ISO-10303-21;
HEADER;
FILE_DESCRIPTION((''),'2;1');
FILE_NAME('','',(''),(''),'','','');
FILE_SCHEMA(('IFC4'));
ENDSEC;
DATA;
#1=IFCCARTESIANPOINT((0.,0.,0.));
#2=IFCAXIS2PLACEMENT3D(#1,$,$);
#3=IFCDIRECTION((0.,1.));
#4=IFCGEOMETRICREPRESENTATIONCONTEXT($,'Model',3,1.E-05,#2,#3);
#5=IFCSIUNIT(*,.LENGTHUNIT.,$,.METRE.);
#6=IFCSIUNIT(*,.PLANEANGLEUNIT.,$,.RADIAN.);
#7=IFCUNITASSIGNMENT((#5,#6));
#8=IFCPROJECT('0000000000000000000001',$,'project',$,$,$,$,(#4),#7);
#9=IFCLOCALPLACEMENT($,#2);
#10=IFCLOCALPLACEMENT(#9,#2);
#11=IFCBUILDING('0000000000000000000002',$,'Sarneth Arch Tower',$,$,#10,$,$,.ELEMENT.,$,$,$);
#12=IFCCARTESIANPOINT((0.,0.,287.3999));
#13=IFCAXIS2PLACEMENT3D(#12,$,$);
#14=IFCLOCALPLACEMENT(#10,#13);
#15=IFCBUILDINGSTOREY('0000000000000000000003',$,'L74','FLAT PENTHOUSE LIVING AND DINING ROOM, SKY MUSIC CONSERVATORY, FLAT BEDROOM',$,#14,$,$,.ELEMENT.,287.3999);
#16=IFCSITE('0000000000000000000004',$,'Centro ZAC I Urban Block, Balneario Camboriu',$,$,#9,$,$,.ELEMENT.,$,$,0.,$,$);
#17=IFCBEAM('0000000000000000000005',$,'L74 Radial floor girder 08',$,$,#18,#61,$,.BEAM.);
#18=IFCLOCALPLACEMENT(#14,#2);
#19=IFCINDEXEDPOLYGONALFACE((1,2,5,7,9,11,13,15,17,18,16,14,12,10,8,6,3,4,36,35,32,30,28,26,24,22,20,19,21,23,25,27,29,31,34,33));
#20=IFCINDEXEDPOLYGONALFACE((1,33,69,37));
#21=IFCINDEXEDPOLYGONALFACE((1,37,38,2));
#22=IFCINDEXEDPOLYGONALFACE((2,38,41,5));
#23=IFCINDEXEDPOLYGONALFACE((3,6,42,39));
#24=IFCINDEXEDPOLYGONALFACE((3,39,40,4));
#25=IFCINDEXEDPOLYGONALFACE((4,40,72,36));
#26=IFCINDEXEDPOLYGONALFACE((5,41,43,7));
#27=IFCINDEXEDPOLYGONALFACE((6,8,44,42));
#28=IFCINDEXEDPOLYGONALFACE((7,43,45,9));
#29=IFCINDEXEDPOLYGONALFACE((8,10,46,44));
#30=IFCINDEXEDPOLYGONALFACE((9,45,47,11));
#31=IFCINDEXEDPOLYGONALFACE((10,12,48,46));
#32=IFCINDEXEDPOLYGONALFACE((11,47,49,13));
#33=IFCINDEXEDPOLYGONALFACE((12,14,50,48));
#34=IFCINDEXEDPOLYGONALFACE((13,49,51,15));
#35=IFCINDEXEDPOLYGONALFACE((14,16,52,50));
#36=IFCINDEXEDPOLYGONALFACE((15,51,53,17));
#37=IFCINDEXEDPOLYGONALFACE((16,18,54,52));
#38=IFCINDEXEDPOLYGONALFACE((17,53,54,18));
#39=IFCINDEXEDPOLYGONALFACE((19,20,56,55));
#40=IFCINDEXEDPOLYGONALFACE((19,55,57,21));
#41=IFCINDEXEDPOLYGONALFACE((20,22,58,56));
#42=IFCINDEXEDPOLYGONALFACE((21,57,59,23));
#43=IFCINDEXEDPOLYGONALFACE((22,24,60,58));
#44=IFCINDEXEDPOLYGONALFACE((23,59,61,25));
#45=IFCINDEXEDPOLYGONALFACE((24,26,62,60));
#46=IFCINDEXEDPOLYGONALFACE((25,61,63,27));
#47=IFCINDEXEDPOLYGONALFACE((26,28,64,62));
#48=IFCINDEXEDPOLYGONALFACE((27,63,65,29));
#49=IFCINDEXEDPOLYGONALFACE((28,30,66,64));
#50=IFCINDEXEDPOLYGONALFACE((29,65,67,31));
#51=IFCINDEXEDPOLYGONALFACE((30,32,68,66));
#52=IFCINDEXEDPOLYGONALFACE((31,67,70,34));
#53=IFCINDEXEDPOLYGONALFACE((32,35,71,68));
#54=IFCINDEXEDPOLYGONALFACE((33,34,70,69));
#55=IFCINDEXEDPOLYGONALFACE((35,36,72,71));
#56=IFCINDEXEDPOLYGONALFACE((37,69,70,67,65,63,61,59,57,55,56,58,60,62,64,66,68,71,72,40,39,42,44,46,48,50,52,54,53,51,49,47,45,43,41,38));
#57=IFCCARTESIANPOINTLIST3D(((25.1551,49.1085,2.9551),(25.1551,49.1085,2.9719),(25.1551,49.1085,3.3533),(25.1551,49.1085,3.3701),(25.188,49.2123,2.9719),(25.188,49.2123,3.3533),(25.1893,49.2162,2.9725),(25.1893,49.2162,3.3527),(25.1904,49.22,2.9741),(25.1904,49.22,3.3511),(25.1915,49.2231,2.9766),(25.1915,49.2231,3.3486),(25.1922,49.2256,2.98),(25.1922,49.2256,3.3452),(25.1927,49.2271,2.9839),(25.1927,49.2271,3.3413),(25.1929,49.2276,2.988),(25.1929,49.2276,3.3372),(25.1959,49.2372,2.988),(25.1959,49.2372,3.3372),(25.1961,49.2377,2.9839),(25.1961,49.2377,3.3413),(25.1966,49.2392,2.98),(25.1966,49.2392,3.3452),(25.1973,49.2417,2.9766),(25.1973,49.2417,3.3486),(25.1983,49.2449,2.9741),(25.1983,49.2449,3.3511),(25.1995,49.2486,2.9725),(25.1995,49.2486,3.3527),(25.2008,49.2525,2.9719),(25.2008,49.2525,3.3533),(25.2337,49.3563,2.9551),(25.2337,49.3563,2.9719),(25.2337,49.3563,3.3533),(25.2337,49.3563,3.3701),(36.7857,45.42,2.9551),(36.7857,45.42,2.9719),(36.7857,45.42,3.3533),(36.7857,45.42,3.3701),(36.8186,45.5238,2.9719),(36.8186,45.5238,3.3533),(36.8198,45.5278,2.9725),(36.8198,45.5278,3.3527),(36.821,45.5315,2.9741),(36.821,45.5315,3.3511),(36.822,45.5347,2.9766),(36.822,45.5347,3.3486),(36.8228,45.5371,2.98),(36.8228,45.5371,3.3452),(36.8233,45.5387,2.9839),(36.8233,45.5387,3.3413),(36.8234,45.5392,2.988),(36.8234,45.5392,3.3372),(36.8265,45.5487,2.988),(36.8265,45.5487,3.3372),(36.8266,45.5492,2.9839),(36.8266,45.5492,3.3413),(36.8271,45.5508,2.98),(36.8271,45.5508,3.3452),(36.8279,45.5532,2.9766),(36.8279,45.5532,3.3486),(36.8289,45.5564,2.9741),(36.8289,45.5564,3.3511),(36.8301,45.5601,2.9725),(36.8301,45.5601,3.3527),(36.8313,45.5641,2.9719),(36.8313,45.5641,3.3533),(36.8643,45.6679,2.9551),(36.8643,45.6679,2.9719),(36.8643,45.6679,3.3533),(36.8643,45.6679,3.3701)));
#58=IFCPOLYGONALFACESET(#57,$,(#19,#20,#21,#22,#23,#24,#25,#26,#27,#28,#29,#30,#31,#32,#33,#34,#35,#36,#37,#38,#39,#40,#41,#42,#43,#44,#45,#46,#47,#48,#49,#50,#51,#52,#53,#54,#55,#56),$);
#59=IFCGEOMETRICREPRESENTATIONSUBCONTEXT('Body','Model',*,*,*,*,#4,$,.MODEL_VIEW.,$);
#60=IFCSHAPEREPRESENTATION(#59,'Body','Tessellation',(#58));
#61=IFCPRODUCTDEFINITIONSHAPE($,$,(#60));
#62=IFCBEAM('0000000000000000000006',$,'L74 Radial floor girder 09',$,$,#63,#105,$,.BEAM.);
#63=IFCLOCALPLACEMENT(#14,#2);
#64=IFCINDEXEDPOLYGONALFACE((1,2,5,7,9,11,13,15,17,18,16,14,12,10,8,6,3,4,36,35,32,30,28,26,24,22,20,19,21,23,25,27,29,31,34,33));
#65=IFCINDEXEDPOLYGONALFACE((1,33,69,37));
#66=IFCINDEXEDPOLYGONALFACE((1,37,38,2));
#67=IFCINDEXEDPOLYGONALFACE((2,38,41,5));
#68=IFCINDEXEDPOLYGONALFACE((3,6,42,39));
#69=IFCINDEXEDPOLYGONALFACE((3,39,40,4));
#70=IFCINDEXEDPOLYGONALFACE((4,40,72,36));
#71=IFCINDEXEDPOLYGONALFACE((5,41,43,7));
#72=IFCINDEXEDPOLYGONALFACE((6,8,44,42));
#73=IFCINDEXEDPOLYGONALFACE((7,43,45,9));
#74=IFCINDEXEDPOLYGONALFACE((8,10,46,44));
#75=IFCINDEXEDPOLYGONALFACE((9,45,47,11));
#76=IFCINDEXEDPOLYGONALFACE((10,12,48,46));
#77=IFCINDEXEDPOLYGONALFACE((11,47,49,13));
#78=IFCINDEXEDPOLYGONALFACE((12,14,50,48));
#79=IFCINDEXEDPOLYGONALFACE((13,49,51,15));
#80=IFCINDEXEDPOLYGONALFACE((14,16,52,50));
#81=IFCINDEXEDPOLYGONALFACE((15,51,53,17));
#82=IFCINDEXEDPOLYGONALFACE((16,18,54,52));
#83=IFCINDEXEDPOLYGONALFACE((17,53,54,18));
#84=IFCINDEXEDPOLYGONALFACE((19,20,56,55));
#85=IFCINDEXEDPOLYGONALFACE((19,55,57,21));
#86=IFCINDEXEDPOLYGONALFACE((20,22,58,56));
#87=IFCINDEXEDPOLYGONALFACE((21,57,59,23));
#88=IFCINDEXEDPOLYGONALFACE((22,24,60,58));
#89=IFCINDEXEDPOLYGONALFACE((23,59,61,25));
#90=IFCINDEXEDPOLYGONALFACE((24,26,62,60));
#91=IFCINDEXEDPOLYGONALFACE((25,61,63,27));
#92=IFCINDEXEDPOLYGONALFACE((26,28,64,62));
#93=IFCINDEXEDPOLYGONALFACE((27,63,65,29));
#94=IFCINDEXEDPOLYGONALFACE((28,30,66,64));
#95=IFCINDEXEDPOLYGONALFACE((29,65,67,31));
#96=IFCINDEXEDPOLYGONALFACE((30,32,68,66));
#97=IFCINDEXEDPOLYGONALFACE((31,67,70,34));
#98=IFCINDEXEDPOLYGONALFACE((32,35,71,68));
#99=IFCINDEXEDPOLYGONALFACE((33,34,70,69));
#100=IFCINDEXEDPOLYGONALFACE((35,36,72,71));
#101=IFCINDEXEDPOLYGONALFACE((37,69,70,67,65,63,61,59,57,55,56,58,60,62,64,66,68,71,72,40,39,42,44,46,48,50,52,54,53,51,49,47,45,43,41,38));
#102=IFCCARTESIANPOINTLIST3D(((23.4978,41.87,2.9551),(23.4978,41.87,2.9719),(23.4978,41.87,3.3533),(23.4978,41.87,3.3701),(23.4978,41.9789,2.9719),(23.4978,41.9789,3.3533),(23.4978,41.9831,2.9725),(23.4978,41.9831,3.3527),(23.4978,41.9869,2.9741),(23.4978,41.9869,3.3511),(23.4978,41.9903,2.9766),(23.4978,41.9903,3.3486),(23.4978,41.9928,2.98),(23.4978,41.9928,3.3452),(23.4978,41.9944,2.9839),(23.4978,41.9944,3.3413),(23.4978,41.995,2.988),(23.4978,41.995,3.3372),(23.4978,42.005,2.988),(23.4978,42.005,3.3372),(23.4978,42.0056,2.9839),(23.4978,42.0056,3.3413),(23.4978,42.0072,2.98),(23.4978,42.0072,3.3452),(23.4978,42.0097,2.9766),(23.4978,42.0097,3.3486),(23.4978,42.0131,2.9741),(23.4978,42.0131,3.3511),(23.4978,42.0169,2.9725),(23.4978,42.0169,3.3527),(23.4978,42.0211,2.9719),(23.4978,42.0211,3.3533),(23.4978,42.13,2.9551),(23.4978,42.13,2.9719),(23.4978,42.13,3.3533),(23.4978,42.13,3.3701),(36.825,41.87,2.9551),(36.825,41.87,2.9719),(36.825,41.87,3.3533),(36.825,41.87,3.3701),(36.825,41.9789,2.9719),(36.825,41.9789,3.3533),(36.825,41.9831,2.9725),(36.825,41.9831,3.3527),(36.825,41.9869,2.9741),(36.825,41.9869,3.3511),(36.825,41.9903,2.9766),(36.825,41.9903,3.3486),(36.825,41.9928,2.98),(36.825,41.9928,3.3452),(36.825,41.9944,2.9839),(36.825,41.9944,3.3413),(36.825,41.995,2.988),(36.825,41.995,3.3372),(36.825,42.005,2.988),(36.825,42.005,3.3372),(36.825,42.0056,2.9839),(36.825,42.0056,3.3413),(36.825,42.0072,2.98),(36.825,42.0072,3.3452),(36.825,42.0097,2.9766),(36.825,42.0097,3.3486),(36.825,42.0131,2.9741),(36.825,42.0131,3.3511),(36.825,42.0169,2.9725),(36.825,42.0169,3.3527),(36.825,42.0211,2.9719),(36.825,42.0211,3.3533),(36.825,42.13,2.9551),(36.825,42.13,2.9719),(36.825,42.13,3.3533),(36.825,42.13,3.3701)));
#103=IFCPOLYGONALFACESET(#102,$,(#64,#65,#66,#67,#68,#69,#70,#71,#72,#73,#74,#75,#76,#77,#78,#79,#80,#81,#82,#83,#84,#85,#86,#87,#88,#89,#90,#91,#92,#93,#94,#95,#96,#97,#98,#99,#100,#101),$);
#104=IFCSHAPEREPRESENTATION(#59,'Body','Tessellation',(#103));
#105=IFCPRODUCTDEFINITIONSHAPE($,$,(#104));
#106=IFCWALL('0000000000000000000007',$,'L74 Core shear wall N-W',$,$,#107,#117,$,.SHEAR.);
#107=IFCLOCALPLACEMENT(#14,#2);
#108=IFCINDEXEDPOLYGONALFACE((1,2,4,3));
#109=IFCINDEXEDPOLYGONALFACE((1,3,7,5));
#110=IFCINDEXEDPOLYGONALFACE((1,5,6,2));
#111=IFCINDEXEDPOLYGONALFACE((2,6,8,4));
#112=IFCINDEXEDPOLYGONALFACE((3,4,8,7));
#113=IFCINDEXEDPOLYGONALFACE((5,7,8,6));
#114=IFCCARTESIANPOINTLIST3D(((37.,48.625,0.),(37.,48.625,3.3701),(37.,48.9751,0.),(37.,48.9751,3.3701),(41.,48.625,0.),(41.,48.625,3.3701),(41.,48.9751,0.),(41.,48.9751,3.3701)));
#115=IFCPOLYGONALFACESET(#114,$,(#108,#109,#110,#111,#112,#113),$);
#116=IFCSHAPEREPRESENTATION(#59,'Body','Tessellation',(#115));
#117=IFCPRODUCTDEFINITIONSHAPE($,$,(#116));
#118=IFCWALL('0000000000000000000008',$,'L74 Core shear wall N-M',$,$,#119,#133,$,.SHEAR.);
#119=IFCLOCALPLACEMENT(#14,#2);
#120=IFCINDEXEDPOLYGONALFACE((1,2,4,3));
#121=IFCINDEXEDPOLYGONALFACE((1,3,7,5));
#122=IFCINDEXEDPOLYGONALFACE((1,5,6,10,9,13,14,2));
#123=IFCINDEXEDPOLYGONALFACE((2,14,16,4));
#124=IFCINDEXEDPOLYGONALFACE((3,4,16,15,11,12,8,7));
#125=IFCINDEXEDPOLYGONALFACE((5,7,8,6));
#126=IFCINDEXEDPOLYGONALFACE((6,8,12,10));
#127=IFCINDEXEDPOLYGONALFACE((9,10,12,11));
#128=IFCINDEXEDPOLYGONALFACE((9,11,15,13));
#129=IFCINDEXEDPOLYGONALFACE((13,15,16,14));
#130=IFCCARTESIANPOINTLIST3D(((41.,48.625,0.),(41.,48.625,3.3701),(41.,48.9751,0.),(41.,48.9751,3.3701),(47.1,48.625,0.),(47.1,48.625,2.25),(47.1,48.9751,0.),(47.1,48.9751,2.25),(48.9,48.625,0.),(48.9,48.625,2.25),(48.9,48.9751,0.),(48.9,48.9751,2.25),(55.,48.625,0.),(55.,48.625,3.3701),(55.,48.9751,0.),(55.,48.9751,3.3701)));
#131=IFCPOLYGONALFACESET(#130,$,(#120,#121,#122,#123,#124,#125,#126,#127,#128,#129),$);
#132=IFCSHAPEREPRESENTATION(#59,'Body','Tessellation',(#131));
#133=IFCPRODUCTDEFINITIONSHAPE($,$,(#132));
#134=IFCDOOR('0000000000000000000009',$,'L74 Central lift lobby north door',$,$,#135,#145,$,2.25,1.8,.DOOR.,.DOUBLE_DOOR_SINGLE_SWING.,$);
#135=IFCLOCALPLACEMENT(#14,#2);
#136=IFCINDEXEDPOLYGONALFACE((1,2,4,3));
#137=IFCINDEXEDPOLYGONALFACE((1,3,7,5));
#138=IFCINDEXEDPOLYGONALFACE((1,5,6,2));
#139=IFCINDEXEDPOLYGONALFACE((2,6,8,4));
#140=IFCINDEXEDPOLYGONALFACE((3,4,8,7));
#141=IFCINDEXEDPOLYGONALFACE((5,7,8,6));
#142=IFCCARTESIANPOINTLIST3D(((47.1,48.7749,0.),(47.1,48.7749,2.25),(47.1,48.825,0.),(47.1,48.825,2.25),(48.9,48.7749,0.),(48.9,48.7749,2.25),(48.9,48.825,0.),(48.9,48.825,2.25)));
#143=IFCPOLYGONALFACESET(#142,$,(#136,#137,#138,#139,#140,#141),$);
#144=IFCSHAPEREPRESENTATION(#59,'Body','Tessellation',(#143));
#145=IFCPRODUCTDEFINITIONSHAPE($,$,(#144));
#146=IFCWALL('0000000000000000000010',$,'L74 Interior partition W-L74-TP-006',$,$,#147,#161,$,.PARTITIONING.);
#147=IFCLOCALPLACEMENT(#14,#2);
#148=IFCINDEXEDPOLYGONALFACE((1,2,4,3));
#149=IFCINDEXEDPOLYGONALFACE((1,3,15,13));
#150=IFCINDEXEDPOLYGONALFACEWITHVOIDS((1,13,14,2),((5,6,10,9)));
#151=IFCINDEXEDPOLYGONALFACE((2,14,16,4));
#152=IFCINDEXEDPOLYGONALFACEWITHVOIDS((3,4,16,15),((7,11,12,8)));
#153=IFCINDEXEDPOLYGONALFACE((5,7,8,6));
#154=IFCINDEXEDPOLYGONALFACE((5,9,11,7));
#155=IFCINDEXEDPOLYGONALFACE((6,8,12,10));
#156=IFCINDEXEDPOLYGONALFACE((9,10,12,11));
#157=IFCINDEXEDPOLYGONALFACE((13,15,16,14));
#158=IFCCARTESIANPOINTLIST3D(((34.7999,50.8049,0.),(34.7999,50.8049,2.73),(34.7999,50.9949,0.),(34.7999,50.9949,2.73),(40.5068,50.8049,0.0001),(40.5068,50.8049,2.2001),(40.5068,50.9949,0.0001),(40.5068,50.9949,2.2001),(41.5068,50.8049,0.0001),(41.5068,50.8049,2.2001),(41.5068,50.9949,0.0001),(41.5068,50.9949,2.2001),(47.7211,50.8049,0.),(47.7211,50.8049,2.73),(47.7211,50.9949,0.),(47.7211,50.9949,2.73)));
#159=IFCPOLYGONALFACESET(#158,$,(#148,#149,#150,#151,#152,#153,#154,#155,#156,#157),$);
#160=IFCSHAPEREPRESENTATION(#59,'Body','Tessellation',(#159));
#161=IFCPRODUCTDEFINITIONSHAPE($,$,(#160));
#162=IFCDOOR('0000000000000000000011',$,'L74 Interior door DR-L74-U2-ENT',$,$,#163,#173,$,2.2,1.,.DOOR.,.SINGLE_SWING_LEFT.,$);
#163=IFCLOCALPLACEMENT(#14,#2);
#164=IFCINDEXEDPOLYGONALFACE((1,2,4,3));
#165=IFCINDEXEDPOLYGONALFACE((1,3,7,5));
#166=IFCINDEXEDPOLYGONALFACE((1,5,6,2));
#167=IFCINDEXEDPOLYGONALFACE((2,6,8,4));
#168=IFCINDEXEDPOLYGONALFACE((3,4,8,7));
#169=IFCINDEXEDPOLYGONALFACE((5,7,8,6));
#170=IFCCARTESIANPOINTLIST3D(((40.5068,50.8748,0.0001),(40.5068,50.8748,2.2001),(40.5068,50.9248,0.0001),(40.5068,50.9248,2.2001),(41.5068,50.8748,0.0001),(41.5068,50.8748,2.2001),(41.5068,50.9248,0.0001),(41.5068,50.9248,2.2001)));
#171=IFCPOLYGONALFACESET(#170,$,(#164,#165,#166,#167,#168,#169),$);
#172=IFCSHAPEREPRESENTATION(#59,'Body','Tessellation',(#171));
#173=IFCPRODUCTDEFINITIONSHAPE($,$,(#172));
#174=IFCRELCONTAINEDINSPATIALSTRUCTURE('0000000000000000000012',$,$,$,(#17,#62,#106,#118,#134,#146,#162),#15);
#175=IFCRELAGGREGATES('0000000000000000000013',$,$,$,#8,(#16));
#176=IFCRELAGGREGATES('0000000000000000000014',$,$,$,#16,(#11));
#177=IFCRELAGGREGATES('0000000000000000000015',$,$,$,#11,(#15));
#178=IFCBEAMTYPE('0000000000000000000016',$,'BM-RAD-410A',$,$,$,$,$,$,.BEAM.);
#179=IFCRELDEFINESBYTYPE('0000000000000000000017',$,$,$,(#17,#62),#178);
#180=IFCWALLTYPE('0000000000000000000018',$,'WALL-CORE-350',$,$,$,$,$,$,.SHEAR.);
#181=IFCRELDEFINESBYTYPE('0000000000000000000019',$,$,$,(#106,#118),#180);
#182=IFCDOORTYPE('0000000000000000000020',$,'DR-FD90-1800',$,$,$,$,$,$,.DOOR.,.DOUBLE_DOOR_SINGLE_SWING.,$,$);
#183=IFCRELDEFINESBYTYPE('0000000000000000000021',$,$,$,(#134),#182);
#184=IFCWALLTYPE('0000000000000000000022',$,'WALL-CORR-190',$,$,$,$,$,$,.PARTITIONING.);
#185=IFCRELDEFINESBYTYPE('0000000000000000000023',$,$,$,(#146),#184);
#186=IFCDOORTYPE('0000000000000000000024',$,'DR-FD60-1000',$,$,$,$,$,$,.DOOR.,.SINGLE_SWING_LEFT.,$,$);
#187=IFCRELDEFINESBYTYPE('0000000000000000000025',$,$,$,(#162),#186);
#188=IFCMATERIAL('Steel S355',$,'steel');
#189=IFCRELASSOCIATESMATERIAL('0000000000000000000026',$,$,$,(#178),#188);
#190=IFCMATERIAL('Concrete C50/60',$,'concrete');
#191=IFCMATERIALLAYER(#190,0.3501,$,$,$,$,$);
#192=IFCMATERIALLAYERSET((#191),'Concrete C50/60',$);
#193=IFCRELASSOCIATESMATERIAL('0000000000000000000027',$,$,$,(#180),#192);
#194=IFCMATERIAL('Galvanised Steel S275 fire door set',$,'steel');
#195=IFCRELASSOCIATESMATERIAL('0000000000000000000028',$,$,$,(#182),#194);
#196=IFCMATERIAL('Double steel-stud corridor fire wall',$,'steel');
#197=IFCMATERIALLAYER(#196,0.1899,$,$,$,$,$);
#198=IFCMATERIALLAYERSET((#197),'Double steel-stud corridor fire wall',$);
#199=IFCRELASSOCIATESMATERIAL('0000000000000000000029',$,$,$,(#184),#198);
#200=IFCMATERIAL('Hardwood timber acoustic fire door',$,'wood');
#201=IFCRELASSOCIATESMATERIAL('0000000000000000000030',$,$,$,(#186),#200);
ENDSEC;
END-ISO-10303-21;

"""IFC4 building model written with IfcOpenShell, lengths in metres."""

from ifc_helpers import new_model, si_unit, direction, frame, frame_2d, origin, origin_2d, place, context, subcontext, project, spatial, rectangle, i_section, extrude, material, layer, layer_set, material_profile, profile_set, type_object, element, fill, save


model = new_model("IFC4")

# Units and contexts
model_context = context("Model", 3, precision=1e-05, world=origin(), true_north=direction((0.0, 1.0)))
body_context = subcontext(model_context, "Body", "Model", "MODEL_VIEW")
ifc_project = project(units=[si_unit("LENGTHUNIT", "METRE"), si_unit("PLANEANGLEUNIT", "RADIAN")], contexts=[model_context])

# Site, building, storey
site_placement = place(None, origin())
site = spatial("IfcSite", under=ifc_project, at=site_placement, Name="Centro ZAC I Urban Block, Balneario Camboriu", CompositionType="ELEMENT", RefElevation=0.0)
building_placement = place(site_placement, origin())
building = spatial("IfcBuilding", under=site, at=building_placement, Name="Sarneth Arch Tower", CompositionType="ELEMENT")
storey_placement = place(building_placement, frame((0.0, 0.0, 287.3999)))
storey = spatial("IfcBuildingStorey", under=building, at=storey_placement, Name="L74", Description="FLAT PENTHOUSE LIVING AND DINING ROOM, SKY MUSIC CONSERVATORY, FLAT BEDROOM", CompositionType="ELEMENT", Elevation=287.3999)

# Beams
ifc_material_1 = material(Name="Steel S355", Category="steel")
ifc_material_profile_1 = material_profile(ifc_material_1, i_section(OverallWidth=0.26, OverallDepth=0.415, WebThickness=0.01, FlangeThickness=0.0168, FilletRadius=0.0161, at=origin_2d()), Name="W410x100")
ifc_profile_set_1 = profile_set([ifc_material_profile_1], Name="Steel S355")
beam_type_1 = type_object("IfcBeamType", Name="BM-RAD-410A", PredefinedType="BEAM", material=ifc_profile_set_1)
beam_1_placement = place(storey_placement, frame((36.825, 45.5439, 3.1626), z_axis=(-0.953214, 0.302298, 0.0), x_axis=(-0.302298, -0.953214, 0.0)))
element("IfcBeam", 1, at=beam_1_placement, inside=storey, type_object=beam_type_1, Name="L74 Radial floor girder 08", PredefinedType="BEAM", context=body_context, shape_type="SweptSolid", body=[
    extrude(i_section(OverallWidth=0.26, OverallDepth=0.415, WebThickness=0.01, FlangeThickness=0.0168, FilletRadius=0.0161, at=origin_2d()), origin(), (0.0, 0.0, 1.0), 12.2014),
])
beam_2_placement = place(storey_placement, frame((36.825, 42.0, 3.1626), z_axis=(-1.0, 0.0, 0.0), x_axis=(0.0, -1.0, 0.0)))
element("IfcBeam", 2, at=beam_2_placement, inside=storey, type_object=beam_type_1, Name="L74 Radial floor girder 09", PredefinedType="BEAM", context=body_context, shape_type="SweptSolid", body=[
    extrude(i_section(OverallWidth=0.26, OverallDepth=0.415, WebThickness=0.01, FlangeThickness=0.0168, FilletRadius=0.0161, at=origin_2d()), origin(), (0.0, 0.0, 1.0), 13.3271),
])

# Wall
ifc_material_2 = material(Name="Concrete C50/60", Category="concrete")
ifc_layer_1 = layer(ifc_material_2, 0.3501)
ifc_layer_set_1 = layer_set([ifc_layer_1], Name="Concrete C50/60")
wall_type_1 = type_object("IfcWallType", Name="WALL-CORE-350", PredefinedType="SHEAR", material=ifc_layer_set_1)
wall_1_placement = place(storey_placement, frame((37.0, 48.8, 0.0), z_axis=(0.0, 0.0, 1.0), x_axis=(1.0, 0.0, 0.0)))
element("IfcWall", 3, at=wall_1_placement, inside=storey, type_object=wall_type_1, Name="L74 Core shear wall N-W", PredefinedType="SHEAR", context=body_context, shape_type="SweptSolid", body=[
    extrude(rectangle(XDim=4.0, YDim=0.3501, at=frame_2d((2.0, 0.0))), origin(), (0.0, 0.0, 1.0), 3.3701),
])

# Walls, openings, doors
wall_2_placement = place(storey_placement, frame((41.0, 48.8, 0.0), z_axis=(0.0, 0.0, 1.0), x_axis=(1.0, 0.0, 0.0)))
wall_2 = element("IfcWall", 4, at=wall_2_placement, inside=storey, type_object=wall_type_1, Name="L74 Core shear wall N-M", PredefinedType="SHEAR", context=body_context, shape_type="SweptSolid", body=[
    extrude(rectangle(XDim=14.0, YDim=0.3501, at=frame_2d((7.0, 0.0))), origin(), (0.0, 0.0, 1.0), 3.3701),
])
opening_1_placement = place(wall_2_placement, frame((6.1001, 0.0, 0.0)))
opening_1 = element("IfcOpeningElement", 5, at=opening_1_placement, cuts=wall_2, PredefinedType="OPENING", context=body_context, shape_type="SweptSolid", body=[
    extrude(rectangle(XDim=1.8, YDim=2.25, at=frame_2d((0.8999, 1.125))), frame((0.0, 0.1851, 0.0), z_axis=(0.0, -1.0, 0.0), x_axis=(1.0, 0.0, 0.0)), (0.0, 0.0, 1.0), 0.3701),
])
ifc_material_3 = material(Name="Galvanised Steel S275 fire door set", Category="steel")
door_type_1 = type_object("IfcDoorType", Name="DR-FD90-1800", OperationType="DOUBLE_DOOR_SINGLE_SWING", PredefinedType="DOOR", material=ifc_material_3)
door_1_placement = place(opening_1_placement, origin())
door_1 = element("IfcDoor", 6, at=door_1_placement, inside=storey, type_object=door_type_1, Name="L74 Central lift lobby north door", OperationType="DOUBLE_DOOR_SINGLE_SWING", OverallHeight=2.25, OverallWidth=1.8, PredefinedType="DOOR", context=body_context, shape_type="SweptSolid", body=[
    extrude(rectangle(XDim=1.8, YDim=2.25, at=frame_2d((0.8999, 1.125))), frame((0.0, 0.0249, 0.0), z_axis=(0.0, -1.0, 0.0), x_axis=(1.0, 0.0, 0.0)), (0.0, 0.0, 1.0), 0.05),
])
fill(opening_1, door_1)
ifc_material_4 = material(Name="Double steel-stud corridor fire wall", Category="steel")
ifc_layer_2 = layer(ifc_material_4, 0.1899)
ifc_layer_set_2 = layer_set([ifc_layer_2], Name="Double steel-stud corridor fire wall")
wall_type_2 = type_object("IfcWallType", Name="WALL-CORR-190", PredefinedType="PARTITIONING", material=ifc_layer_set_2)
wall_3_placement = place(storey_placement, frame((34.8, 50.8999, 0.0), z_axis=(0.0, 0.0, 1.0), x_axis=(1.0, 0.0, 0.0)))
wall_3 = element("IfcWall", 7, at=wall_3_placement, inside=storey, type_object=wall_type_2, Name="L74 Interior partition W-L74-TP-006", PredefinedType="PARTITIONING", context=body_context, shape_type="SweptSolid", body=[
    extrude(rectangle(XDim=12.9211, YDim=0.1899, at=frame_2d((6.4604, 0.0))), origin(), (0.0, 0.0, 1.0), 2.73),
])
opening_2_placement = place(wall_3_placement, frame((5.7068, 0.0, 0.0)))
opening_2 = element("IfcOpeningElement", 8, at=opening_2_placement, cuts=wall_3, PredefinedType="OPENING", context=body_context, shape_type="SweptSolid", body=[
    extrude(rectangle(XDim=1.0, YDim=2.2, at=frame_2d((0.5, 1.1001))), frame((0.0, 0.105, 0.0), z_axis=(0.0, -1.0, 0.0), x_axis=(1.0, 0.0, 0.0)), (0.0, 0.0, 1.0), 0.21),
])
ifc_material_5 = material(Name="Hardwood timber acoustic fire door", Category="wood")
door_type_2 = type_object("IfcDoorType", Name="DR-FD60-1000", OperationType="SINGLE_SWING_LEFT", PredefinedType="DOOR", material=ifc_material_5)
door_2_placement = place(opening_2_placement, origin())
door_2 = element("IfcDoor", 9, at=door_2_placement, inside=storey, type_object=door_type_2, Name="L74 Interior door DR-L74-U2-ENT", OperationType="SINGLE_SWING_LEFT", OverallHeight=2.2, OverallWidth=1.0, PredefinedType="DOOR", context=body_context, shape_type="SweptSolid", body=[
    extrude(rectangle(XDim=1.0, YDim=2.2, at=frame_2d((0.5, 1.1001))), frame((0.0, 0.0249, 0.0), z_axis=(0.0, -1.0, 0.0), x_axis=(1.0, 0.0, 0.0)), (0.0, 0.0, 1.0), 0.05),
])
fill(opening_2, door_2)

save(model, "model.ifc")
